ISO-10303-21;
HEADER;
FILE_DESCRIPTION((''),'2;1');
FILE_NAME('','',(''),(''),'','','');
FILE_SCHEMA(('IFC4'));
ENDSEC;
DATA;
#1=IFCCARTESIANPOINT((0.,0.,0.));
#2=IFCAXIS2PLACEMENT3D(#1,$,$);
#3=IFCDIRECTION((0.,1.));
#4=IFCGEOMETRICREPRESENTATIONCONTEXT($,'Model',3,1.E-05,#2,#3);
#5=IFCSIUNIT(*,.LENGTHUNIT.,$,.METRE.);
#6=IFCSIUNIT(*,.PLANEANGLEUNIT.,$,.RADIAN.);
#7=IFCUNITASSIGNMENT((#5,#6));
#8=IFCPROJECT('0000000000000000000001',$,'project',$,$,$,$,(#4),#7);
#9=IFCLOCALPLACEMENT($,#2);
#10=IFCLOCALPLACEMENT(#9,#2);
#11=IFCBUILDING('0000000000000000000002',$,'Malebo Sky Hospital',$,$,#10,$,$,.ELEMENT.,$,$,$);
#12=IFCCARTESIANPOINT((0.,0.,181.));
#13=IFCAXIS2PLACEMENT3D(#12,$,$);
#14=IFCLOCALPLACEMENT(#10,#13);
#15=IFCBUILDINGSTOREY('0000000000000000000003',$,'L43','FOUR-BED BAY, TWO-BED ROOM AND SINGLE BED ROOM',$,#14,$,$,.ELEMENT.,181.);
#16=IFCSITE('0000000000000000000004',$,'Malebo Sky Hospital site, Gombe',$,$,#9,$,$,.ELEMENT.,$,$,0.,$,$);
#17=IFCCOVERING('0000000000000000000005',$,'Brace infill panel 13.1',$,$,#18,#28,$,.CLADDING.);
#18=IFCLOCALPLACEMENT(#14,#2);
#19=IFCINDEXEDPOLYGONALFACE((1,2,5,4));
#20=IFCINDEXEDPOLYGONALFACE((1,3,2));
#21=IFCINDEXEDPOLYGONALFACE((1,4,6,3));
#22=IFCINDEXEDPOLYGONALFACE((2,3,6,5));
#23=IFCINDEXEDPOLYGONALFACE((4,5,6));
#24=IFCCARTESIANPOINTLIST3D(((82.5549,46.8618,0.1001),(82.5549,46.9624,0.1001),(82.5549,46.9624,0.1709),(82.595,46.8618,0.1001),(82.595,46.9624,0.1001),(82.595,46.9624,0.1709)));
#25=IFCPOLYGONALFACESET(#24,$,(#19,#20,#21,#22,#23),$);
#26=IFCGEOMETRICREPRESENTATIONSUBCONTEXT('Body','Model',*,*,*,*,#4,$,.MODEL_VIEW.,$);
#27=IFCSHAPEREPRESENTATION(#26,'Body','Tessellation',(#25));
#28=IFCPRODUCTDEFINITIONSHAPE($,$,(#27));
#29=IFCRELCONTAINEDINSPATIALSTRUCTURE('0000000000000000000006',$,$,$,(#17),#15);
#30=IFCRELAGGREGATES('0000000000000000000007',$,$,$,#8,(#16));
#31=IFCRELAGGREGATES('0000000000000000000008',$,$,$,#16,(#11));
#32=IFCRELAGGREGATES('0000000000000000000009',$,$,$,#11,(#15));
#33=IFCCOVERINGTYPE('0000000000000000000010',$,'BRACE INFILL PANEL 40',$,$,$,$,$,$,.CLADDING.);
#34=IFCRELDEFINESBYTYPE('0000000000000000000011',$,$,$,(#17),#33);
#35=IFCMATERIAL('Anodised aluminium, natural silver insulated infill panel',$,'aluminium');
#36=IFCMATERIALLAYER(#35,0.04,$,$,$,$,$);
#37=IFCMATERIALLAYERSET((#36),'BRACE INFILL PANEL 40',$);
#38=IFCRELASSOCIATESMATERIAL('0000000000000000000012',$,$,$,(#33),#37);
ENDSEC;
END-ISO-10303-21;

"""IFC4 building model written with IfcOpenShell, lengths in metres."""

from ifc_helpers import new_model, si_unit, direction, frame, origin, place, context, subcontext, project, spatial, polyline, outline, extrude, material, layer, layer_set, type_object, element, save


model = new_model("IFC4")

# Units and contexts
model_context = context("Model", 3, precision=1e-05, world=origin(), true_north=direction((0.0, 1.0)))
body_context = subcontext(model_context, "Body", "Model", "MODEL_VIEW")
ifc_project = project(units=[si_unit("LENGTHUNIT", "METRE"), si_unit("PLANEANGLEUNIT", "RADIAN")], contexts=[model_context])

# Site, building, storey
site_placement = place(None, origin())
site = spatial("IfcSite", under=ifc_project, at=site_placement, Name="Malebo Sky Hospital site, Gombe", CompositionType="ELEMENT", RefElevation=0.0)
building_placement = place(site_placement, origin())
building = spatial("IfcBuilding", under=site, at=building_placement, Name="Malebo Sky Hospital", CompositionType="ELEMENT")
storey_placement = place(building_placement, frame((0.0, 0.0, 181.0)))
storey = spatial("IfcBuildingStorey", under=building, at=storey_placement, Name="L43", Description="FOUR-BED BAY, TWO-BED ROOM AND SINGLE BED ROOM", CompositionType="ELEMENT", Elevation=181.0)

# Covering
ifc_material_1 = material(Name="Anodised aluminium, natural silver insulated infill panel", Category="aluminium")
ifc_layer_1 = layer(ifc_material_1, 0.04)
ifc_layer_set_1 = layer_set([ifc_layer_1], Name="BRACE INFILL PANEL 40")
covering_type = type_object("IfcCoveringType", Name="BRACE INFILL PANEL 40", PredefinedType="CLADDING", material=ifc_layer_set_1)
covering_1_placement = place(storey_placement, frame((82.575, 46.9121, 0.1001), z_axis=(0.0, 0.0, 1.0), x_axis=(0.0, -1.0, 0.0)))
element("IfcCovering", 1, at=covering_1_placement, inside=storey, type_object=covering_type, Name="Brace infill panel 13.1", PredefinedType="CLADDING", context=body_context, shape_type="SweptSolid", body=[
    extrude(outline(polyline([(-0.0503, 0.0), (0.0503, 0.0), (-0.0503, 0.0708), (-0.0503, 0.0)])), frame((0.0, 0.02, 0.0), z_axis=(0.0, -1.0, 0.0), x_axis=(1.0, 0.0, 0.0)), (0.0, 0.0, 1.0), 0.04),
])

save(model, "model.ifc")
